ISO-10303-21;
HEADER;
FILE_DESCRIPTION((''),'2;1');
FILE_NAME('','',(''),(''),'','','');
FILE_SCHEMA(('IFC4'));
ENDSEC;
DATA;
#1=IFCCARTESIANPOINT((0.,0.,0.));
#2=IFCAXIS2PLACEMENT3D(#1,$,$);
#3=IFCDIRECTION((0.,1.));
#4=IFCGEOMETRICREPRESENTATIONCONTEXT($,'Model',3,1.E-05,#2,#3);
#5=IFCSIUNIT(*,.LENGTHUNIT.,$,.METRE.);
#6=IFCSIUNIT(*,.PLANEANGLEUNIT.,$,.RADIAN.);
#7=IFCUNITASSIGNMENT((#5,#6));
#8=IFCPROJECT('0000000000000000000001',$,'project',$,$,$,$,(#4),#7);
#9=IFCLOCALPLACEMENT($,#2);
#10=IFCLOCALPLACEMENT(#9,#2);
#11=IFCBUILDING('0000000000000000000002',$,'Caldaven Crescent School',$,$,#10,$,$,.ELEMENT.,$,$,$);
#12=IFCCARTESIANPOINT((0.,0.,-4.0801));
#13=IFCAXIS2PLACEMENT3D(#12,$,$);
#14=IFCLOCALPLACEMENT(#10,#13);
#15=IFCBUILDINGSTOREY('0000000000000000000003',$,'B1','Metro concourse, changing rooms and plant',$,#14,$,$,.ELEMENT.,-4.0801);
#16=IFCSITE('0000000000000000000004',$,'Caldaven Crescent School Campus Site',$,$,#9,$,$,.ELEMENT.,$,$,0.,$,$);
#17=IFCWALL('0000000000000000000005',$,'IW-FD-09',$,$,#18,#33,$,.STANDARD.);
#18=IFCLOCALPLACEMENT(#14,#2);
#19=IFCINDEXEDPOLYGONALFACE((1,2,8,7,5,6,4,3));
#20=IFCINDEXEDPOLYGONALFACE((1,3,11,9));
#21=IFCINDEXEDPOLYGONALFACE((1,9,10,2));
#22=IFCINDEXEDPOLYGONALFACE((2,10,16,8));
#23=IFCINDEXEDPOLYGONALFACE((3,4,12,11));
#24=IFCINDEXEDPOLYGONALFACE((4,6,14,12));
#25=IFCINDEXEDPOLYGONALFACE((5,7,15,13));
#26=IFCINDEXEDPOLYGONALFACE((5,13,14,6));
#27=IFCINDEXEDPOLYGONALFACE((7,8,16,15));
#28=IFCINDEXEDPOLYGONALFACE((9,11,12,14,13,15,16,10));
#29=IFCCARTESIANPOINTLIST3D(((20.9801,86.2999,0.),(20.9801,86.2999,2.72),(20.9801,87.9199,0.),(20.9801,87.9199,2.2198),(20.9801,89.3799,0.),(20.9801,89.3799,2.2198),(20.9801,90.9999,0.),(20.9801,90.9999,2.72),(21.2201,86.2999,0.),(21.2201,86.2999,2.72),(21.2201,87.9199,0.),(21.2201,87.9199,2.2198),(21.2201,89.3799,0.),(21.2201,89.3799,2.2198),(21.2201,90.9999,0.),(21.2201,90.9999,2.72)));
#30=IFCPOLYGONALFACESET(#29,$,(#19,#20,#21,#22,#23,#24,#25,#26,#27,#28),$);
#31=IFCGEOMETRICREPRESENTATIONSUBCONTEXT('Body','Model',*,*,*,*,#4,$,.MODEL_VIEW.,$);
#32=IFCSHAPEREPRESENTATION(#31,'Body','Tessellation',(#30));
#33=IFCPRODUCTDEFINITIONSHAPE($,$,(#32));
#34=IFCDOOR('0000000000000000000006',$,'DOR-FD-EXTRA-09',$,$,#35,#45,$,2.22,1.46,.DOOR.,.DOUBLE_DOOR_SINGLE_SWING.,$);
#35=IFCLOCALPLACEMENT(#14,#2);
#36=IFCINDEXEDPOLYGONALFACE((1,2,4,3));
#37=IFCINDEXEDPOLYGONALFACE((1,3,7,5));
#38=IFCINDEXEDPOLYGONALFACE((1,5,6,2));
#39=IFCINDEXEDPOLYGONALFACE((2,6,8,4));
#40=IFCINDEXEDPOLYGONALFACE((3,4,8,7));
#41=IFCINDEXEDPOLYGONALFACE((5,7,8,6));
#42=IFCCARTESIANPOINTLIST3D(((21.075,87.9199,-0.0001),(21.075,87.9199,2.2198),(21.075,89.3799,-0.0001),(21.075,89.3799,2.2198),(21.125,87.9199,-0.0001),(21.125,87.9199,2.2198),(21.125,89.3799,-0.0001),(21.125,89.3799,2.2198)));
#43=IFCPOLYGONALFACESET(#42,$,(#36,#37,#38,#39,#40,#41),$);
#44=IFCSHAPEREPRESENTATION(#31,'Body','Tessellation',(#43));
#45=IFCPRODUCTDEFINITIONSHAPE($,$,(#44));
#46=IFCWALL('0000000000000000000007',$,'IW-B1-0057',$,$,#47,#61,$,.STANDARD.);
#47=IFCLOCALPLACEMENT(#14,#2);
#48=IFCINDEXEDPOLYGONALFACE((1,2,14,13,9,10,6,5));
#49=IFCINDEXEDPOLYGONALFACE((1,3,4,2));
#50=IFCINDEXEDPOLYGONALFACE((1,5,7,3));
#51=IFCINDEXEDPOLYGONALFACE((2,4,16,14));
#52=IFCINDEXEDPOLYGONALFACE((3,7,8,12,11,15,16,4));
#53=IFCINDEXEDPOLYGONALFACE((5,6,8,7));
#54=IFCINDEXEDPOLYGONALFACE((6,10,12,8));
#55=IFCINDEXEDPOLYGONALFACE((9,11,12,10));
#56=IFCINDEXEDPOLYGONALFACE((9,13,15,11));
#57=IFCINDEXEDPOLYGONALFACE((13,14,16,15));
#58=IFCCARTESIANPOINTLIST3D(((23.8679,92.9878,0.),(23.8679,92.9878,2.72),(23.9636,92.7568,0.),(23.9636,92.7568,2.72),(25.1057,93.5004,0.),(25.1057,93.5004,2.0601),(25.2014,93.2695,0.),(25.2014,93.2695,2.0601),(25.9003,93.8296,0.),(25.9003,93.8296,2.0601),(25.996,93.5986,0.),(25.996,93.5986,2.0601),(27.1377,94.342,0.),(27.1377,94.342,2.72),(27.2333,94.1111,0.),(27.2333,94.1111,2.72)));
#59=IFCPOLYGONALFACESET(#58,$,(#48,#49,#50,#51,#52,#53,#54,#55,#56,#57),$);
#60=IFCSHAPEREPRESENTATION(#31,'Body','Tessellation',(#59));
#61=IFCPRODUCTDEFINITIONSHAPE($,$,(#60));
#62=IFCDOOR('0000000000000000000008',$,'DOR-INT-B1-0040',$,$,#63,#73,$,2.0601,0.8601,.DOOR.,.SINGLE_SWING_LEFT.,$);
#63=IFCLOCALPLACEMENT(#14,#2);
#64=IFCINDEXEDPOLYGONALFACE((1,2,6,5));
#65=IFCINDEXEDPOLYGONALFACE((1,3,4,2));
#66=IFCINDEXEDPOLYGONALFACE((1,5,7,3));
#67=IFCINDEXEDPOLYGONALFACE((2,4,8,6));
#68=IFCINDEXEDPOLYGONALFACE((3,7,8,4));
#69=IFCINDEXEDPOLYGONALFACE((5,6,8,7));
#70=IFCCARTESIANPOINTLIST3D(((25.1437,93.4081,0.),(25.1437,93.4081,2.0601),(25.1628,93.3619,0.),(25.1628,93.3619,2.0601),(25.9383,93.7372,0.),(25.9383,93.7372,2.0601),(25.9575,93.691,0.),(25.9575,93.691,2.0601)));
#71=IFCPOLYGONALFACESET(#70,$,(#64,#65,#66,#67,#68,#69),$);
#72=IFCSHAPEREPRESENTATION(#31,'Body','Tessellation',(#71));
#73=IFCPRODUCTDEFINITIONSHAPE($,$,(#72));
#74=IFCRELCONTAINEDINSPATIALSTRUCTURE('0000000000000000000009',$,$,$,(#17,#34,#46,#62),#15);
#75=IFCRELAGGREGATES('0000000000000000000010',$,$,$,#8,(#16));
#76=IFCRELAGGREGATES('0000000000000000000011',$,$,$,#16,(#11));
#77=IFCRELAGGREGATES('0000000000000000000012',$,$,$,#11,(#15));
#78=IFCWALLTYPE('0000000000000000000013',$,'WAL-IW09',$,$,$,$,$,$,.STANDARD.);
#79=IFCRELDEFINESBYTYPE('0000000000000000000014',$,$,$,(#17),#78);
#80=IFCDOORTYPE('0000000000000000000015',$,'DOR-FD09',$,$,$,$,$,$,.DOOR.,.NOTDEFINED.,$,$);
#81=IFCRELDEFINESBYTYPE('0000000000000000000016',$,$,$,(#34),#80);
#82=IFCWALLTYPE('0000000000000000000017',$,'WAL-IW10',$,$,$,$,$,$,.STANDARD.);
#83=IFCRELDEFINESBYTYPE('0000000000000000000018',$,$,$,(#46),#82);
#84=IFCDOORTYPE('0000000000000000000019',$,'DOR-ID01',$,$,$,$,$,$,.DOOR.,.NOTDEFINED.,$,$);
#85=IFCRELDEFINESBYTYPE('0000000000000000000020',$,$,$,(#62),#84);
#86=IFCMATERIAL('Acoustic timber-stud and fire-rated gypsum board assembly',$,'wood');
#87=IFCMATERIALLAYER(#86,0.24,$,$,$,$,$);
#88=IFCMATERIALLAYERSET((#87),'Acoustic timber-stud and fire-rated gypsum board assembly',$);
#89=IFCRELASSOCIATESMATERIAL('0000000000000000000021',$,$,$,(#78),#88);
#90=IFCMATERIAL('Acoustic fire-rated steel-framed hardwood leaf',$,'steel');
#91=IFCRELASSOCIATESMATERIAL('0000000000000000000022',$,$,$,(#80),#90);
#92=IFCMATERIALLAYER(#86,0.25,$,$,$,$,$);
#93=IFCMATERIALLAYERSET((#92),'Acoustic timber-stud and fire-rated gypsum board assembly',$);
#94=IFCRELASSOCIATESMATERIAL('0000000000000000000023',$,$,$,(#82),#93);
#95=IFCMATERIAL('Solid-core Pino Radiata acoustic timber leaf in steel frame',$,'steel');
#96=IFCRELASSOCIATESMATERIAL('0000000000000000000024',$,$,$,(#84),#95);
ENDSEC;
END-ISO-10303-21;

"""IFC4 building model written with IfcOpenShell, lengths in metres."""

from ifc_helpers import new_model, si_unit, direction, frame, frame_2d, origin, place, context, subcontext, project, spatial, rectangle, extrude, material, layer, layer_set, type_object, element, fill, save


model = new_model("IFC4")

# Units and contexts
model_context = context("Model", 3, precision=1e-05, world=origin(), true_north=direction((0.0, 1.0)))
body_context = subcontext(model_context, "Body", "Model", "MODEL_VIEW")
ifc_project = project(units=[si_unit("LENGTHUNIT", "METRE"), si_unit("PLANEANGLEUNIT", "RADIAN")], contexts=[model_context])

# Site, building, storey
site_placement = place(None, origin())
site = spatial("IfcSite", under=ifc_project, at=site_placement, Name="Caldaven Crescent School Campus Site", CompositionType="ELEMENT", RefElevation=0.0)
building_placement = place(site_placement, origin())
building = spatial("IfcBuilding", under=site, at=building_placement, Name="Caldaven Crescent School", CompositionType="ELEMENT")
storey_placement = place(building_placement, frame((0.0, 0.0, -4.0801)))
storey = spatial("IfcBuildingStorey", under=building, at=storey_placement, Name="B1", Description="Metro concourse, changing rooms and plant", CompositionType="ELEMENT", Elevation=-4.0801)

# Walls, openings, doors
ifc_material_1 = material(Name="Acoustic timber-stud and fire-rated gypsum board assembly", Category="wood")
ifc_material_2 = material(Name="Solid-core Pino Radiata acoustic timber leaf in steel frame", Category="steel")
ifc_layer_1 = layer(ifc_material_1, 0.24)
ifc_layer_set_1 = layer_set([ifc_layer_1], Name="Acoustic timber-stud and fire-rated gypsum board assembly")
wall_type_1 = type_object("IfcWallType", Name="WAL-IW09", PredefinedType="STANDARD", material=ifc_layer_set_1)
wall_1_placement = place(storey_placement, frame((21.1001, 91.0, 0.0), z_axis=(0.0, 0.0, 1.0), x_axis=(0.0, -1.0, 0.0)))
wall_1 = element("IfcWall", 1, at=wall_1_placement, inside=storey, type_object=wall_type_1, Name="IW-FD-09", PredefinedType="STANDARD", context=body_context, shape_type="SweptSolid", body=[
    extrude(rectangle(XDim=4.7, YDim=0.24, at=frame_2d((2.3501, 0.0))), origin(), (0.0, 0.0, 1.0), 2.72),
])
opening_1_placement = place(wall_1_placement, frame((1.6201, 0.0, 0.0)))
opening_1 = element("IfcOpeningElement", 2, at=opening_1_placement, cuts=wall_1, PredefinedType="OPENING", context=body_context, shape_type="SweptSolid", body=[
    extrude(rectangle(XDim=1.46, YDim=2.22, at=frame_2d((0.73, 1.1099))), frame((0.0, 0.1299, 0.0), z_axis=(0.0, -1.0, 0.0), x_axis=(1.0, 0.0, 0.0)), (0.0, 0.0, 1.0), 0.26),
])
ifc_material_3 = material(Name="Acoustic fire-rated steel-framed hardwood leaf", Category="steel")
door_type_1 = type_object("IfcDoorType", Name="DOR-FD09", OperationType="NOTDEFINED", PredefinedType="DOOR", material=ifc_material_3)
door_1_placement = place(opening_1_placement, origin())
door_1 = element("IfcDoor", 3, at=door_1_placement, inside=storey, type_object=door_type_1, Name="DOR-FD-EXTRA-09", OperationType="DOUBLE_DOOR_SINGLE_SWING", OverallHeight=2.22, OverallWidth=1.46, PredefinedType="DOOR", context=body_context, shape_type="SweptSolid", body=[
    extrude(rectangle(XDim=1.46, YDim=2.22, at=frame_2d((0.73, 1.1099))), frame((0.0, 0.0249, 0.0), z_axis=(0.0, -1.0, 0.0), x_axis=(1.0, 0.0, 0.0)), (0.0, 0.0, 1.0), 0.05),
])
fill(opening_1, door_1)
ifc_layer_2 = layer(ifc_material_1, 0.25)
ifc_layer_set_2 = layer_set([ifc_layer_2], Name="Acoustic timber-stud and fire-rated gypsum board assembly")
wall_type_2 = type_object("IfcWallType", Name="WAL-IW10", PredefinedType="STANDARD", material=ifc_layer_set_2)
wall_2_placement = place(storey_placement, frame((23.9158, 92.8723, 0.0), z_axis=(0.0, 0.0, 1.0), x_axis=(0.923893, 0.38265, 0.0)))
wall_2 = element("IfcWall", 4, at=wall_2_placement, inside=storey, type_object=wall_type_2, Name="IW-B1-0057", PredefinedType="STANDARD", context=body_context, shape_type="SweptSolid", body=[
    extrude(rectangle(XDim=3.5391, YDim=0.25, at=frame_2d((1.7695, 0.0))), origin(), (0.0, 0.0, 1.0), 2.72),
])
opening_2_placement = place(wall_2_placement, frame((1.3396, 0.0, 0.0)))
opening_2 = element("IfcOpeningElement", 5, at=opening_2_placement, cuts=wall_2, PredefinedType="OPENING", context=body_context, shape_type="SweptSolid", body=[
    extrude(rectangle(XDim=0.8601, YDim=2.0601, at=frame_2d((0.4302, 1.03))), frame((0.0, 0.135, 0.0), z_axis=(0.0, -1.0, 0.0), x_axis=(1.0, 0.0, 0.0)), (0.0, 0.0, 1.0), 0.27),
])
door_type_2 = type_object("IfcDoorType", Name="DOR-ID01", OperationType="NOTDEFINED", PredefinedType="DOOR", material=ifc_material_2)
door_2_placement = place(opening_2_placement, frame((0.8601, 0.0, 0.0), z_axis=(0.0, 0.0, 1.0), x_axis=(-1.0, 0.0, 0.0)))
door_2 = element("IfcDoor", 6, at=door_2_placement, inside=storey, type_object=door_type_2, Name="DOR-INT-B1-0040", OperationType="SINGLE_SWING_LEFT", OverallHeight=2.0601, OverallWidth=0.8601, PredefinedType="DOOR", context=body_context, shape_type="SweptSolid", body=[
    extrude(rectangle(XDim=0.8601, YDim=2.0601, at=frame_2d((0.4302, 1.03))), frame((0.0, 0.0249, 0.0), z_axis=(0.0, -1.0, 0.0), x_axis=(1.0, 0.0, 0.0)), (0.0, 0.0, 1.0), 0.05),
])
fill(opening_2, door_2)

save(model, "model.ifc")
